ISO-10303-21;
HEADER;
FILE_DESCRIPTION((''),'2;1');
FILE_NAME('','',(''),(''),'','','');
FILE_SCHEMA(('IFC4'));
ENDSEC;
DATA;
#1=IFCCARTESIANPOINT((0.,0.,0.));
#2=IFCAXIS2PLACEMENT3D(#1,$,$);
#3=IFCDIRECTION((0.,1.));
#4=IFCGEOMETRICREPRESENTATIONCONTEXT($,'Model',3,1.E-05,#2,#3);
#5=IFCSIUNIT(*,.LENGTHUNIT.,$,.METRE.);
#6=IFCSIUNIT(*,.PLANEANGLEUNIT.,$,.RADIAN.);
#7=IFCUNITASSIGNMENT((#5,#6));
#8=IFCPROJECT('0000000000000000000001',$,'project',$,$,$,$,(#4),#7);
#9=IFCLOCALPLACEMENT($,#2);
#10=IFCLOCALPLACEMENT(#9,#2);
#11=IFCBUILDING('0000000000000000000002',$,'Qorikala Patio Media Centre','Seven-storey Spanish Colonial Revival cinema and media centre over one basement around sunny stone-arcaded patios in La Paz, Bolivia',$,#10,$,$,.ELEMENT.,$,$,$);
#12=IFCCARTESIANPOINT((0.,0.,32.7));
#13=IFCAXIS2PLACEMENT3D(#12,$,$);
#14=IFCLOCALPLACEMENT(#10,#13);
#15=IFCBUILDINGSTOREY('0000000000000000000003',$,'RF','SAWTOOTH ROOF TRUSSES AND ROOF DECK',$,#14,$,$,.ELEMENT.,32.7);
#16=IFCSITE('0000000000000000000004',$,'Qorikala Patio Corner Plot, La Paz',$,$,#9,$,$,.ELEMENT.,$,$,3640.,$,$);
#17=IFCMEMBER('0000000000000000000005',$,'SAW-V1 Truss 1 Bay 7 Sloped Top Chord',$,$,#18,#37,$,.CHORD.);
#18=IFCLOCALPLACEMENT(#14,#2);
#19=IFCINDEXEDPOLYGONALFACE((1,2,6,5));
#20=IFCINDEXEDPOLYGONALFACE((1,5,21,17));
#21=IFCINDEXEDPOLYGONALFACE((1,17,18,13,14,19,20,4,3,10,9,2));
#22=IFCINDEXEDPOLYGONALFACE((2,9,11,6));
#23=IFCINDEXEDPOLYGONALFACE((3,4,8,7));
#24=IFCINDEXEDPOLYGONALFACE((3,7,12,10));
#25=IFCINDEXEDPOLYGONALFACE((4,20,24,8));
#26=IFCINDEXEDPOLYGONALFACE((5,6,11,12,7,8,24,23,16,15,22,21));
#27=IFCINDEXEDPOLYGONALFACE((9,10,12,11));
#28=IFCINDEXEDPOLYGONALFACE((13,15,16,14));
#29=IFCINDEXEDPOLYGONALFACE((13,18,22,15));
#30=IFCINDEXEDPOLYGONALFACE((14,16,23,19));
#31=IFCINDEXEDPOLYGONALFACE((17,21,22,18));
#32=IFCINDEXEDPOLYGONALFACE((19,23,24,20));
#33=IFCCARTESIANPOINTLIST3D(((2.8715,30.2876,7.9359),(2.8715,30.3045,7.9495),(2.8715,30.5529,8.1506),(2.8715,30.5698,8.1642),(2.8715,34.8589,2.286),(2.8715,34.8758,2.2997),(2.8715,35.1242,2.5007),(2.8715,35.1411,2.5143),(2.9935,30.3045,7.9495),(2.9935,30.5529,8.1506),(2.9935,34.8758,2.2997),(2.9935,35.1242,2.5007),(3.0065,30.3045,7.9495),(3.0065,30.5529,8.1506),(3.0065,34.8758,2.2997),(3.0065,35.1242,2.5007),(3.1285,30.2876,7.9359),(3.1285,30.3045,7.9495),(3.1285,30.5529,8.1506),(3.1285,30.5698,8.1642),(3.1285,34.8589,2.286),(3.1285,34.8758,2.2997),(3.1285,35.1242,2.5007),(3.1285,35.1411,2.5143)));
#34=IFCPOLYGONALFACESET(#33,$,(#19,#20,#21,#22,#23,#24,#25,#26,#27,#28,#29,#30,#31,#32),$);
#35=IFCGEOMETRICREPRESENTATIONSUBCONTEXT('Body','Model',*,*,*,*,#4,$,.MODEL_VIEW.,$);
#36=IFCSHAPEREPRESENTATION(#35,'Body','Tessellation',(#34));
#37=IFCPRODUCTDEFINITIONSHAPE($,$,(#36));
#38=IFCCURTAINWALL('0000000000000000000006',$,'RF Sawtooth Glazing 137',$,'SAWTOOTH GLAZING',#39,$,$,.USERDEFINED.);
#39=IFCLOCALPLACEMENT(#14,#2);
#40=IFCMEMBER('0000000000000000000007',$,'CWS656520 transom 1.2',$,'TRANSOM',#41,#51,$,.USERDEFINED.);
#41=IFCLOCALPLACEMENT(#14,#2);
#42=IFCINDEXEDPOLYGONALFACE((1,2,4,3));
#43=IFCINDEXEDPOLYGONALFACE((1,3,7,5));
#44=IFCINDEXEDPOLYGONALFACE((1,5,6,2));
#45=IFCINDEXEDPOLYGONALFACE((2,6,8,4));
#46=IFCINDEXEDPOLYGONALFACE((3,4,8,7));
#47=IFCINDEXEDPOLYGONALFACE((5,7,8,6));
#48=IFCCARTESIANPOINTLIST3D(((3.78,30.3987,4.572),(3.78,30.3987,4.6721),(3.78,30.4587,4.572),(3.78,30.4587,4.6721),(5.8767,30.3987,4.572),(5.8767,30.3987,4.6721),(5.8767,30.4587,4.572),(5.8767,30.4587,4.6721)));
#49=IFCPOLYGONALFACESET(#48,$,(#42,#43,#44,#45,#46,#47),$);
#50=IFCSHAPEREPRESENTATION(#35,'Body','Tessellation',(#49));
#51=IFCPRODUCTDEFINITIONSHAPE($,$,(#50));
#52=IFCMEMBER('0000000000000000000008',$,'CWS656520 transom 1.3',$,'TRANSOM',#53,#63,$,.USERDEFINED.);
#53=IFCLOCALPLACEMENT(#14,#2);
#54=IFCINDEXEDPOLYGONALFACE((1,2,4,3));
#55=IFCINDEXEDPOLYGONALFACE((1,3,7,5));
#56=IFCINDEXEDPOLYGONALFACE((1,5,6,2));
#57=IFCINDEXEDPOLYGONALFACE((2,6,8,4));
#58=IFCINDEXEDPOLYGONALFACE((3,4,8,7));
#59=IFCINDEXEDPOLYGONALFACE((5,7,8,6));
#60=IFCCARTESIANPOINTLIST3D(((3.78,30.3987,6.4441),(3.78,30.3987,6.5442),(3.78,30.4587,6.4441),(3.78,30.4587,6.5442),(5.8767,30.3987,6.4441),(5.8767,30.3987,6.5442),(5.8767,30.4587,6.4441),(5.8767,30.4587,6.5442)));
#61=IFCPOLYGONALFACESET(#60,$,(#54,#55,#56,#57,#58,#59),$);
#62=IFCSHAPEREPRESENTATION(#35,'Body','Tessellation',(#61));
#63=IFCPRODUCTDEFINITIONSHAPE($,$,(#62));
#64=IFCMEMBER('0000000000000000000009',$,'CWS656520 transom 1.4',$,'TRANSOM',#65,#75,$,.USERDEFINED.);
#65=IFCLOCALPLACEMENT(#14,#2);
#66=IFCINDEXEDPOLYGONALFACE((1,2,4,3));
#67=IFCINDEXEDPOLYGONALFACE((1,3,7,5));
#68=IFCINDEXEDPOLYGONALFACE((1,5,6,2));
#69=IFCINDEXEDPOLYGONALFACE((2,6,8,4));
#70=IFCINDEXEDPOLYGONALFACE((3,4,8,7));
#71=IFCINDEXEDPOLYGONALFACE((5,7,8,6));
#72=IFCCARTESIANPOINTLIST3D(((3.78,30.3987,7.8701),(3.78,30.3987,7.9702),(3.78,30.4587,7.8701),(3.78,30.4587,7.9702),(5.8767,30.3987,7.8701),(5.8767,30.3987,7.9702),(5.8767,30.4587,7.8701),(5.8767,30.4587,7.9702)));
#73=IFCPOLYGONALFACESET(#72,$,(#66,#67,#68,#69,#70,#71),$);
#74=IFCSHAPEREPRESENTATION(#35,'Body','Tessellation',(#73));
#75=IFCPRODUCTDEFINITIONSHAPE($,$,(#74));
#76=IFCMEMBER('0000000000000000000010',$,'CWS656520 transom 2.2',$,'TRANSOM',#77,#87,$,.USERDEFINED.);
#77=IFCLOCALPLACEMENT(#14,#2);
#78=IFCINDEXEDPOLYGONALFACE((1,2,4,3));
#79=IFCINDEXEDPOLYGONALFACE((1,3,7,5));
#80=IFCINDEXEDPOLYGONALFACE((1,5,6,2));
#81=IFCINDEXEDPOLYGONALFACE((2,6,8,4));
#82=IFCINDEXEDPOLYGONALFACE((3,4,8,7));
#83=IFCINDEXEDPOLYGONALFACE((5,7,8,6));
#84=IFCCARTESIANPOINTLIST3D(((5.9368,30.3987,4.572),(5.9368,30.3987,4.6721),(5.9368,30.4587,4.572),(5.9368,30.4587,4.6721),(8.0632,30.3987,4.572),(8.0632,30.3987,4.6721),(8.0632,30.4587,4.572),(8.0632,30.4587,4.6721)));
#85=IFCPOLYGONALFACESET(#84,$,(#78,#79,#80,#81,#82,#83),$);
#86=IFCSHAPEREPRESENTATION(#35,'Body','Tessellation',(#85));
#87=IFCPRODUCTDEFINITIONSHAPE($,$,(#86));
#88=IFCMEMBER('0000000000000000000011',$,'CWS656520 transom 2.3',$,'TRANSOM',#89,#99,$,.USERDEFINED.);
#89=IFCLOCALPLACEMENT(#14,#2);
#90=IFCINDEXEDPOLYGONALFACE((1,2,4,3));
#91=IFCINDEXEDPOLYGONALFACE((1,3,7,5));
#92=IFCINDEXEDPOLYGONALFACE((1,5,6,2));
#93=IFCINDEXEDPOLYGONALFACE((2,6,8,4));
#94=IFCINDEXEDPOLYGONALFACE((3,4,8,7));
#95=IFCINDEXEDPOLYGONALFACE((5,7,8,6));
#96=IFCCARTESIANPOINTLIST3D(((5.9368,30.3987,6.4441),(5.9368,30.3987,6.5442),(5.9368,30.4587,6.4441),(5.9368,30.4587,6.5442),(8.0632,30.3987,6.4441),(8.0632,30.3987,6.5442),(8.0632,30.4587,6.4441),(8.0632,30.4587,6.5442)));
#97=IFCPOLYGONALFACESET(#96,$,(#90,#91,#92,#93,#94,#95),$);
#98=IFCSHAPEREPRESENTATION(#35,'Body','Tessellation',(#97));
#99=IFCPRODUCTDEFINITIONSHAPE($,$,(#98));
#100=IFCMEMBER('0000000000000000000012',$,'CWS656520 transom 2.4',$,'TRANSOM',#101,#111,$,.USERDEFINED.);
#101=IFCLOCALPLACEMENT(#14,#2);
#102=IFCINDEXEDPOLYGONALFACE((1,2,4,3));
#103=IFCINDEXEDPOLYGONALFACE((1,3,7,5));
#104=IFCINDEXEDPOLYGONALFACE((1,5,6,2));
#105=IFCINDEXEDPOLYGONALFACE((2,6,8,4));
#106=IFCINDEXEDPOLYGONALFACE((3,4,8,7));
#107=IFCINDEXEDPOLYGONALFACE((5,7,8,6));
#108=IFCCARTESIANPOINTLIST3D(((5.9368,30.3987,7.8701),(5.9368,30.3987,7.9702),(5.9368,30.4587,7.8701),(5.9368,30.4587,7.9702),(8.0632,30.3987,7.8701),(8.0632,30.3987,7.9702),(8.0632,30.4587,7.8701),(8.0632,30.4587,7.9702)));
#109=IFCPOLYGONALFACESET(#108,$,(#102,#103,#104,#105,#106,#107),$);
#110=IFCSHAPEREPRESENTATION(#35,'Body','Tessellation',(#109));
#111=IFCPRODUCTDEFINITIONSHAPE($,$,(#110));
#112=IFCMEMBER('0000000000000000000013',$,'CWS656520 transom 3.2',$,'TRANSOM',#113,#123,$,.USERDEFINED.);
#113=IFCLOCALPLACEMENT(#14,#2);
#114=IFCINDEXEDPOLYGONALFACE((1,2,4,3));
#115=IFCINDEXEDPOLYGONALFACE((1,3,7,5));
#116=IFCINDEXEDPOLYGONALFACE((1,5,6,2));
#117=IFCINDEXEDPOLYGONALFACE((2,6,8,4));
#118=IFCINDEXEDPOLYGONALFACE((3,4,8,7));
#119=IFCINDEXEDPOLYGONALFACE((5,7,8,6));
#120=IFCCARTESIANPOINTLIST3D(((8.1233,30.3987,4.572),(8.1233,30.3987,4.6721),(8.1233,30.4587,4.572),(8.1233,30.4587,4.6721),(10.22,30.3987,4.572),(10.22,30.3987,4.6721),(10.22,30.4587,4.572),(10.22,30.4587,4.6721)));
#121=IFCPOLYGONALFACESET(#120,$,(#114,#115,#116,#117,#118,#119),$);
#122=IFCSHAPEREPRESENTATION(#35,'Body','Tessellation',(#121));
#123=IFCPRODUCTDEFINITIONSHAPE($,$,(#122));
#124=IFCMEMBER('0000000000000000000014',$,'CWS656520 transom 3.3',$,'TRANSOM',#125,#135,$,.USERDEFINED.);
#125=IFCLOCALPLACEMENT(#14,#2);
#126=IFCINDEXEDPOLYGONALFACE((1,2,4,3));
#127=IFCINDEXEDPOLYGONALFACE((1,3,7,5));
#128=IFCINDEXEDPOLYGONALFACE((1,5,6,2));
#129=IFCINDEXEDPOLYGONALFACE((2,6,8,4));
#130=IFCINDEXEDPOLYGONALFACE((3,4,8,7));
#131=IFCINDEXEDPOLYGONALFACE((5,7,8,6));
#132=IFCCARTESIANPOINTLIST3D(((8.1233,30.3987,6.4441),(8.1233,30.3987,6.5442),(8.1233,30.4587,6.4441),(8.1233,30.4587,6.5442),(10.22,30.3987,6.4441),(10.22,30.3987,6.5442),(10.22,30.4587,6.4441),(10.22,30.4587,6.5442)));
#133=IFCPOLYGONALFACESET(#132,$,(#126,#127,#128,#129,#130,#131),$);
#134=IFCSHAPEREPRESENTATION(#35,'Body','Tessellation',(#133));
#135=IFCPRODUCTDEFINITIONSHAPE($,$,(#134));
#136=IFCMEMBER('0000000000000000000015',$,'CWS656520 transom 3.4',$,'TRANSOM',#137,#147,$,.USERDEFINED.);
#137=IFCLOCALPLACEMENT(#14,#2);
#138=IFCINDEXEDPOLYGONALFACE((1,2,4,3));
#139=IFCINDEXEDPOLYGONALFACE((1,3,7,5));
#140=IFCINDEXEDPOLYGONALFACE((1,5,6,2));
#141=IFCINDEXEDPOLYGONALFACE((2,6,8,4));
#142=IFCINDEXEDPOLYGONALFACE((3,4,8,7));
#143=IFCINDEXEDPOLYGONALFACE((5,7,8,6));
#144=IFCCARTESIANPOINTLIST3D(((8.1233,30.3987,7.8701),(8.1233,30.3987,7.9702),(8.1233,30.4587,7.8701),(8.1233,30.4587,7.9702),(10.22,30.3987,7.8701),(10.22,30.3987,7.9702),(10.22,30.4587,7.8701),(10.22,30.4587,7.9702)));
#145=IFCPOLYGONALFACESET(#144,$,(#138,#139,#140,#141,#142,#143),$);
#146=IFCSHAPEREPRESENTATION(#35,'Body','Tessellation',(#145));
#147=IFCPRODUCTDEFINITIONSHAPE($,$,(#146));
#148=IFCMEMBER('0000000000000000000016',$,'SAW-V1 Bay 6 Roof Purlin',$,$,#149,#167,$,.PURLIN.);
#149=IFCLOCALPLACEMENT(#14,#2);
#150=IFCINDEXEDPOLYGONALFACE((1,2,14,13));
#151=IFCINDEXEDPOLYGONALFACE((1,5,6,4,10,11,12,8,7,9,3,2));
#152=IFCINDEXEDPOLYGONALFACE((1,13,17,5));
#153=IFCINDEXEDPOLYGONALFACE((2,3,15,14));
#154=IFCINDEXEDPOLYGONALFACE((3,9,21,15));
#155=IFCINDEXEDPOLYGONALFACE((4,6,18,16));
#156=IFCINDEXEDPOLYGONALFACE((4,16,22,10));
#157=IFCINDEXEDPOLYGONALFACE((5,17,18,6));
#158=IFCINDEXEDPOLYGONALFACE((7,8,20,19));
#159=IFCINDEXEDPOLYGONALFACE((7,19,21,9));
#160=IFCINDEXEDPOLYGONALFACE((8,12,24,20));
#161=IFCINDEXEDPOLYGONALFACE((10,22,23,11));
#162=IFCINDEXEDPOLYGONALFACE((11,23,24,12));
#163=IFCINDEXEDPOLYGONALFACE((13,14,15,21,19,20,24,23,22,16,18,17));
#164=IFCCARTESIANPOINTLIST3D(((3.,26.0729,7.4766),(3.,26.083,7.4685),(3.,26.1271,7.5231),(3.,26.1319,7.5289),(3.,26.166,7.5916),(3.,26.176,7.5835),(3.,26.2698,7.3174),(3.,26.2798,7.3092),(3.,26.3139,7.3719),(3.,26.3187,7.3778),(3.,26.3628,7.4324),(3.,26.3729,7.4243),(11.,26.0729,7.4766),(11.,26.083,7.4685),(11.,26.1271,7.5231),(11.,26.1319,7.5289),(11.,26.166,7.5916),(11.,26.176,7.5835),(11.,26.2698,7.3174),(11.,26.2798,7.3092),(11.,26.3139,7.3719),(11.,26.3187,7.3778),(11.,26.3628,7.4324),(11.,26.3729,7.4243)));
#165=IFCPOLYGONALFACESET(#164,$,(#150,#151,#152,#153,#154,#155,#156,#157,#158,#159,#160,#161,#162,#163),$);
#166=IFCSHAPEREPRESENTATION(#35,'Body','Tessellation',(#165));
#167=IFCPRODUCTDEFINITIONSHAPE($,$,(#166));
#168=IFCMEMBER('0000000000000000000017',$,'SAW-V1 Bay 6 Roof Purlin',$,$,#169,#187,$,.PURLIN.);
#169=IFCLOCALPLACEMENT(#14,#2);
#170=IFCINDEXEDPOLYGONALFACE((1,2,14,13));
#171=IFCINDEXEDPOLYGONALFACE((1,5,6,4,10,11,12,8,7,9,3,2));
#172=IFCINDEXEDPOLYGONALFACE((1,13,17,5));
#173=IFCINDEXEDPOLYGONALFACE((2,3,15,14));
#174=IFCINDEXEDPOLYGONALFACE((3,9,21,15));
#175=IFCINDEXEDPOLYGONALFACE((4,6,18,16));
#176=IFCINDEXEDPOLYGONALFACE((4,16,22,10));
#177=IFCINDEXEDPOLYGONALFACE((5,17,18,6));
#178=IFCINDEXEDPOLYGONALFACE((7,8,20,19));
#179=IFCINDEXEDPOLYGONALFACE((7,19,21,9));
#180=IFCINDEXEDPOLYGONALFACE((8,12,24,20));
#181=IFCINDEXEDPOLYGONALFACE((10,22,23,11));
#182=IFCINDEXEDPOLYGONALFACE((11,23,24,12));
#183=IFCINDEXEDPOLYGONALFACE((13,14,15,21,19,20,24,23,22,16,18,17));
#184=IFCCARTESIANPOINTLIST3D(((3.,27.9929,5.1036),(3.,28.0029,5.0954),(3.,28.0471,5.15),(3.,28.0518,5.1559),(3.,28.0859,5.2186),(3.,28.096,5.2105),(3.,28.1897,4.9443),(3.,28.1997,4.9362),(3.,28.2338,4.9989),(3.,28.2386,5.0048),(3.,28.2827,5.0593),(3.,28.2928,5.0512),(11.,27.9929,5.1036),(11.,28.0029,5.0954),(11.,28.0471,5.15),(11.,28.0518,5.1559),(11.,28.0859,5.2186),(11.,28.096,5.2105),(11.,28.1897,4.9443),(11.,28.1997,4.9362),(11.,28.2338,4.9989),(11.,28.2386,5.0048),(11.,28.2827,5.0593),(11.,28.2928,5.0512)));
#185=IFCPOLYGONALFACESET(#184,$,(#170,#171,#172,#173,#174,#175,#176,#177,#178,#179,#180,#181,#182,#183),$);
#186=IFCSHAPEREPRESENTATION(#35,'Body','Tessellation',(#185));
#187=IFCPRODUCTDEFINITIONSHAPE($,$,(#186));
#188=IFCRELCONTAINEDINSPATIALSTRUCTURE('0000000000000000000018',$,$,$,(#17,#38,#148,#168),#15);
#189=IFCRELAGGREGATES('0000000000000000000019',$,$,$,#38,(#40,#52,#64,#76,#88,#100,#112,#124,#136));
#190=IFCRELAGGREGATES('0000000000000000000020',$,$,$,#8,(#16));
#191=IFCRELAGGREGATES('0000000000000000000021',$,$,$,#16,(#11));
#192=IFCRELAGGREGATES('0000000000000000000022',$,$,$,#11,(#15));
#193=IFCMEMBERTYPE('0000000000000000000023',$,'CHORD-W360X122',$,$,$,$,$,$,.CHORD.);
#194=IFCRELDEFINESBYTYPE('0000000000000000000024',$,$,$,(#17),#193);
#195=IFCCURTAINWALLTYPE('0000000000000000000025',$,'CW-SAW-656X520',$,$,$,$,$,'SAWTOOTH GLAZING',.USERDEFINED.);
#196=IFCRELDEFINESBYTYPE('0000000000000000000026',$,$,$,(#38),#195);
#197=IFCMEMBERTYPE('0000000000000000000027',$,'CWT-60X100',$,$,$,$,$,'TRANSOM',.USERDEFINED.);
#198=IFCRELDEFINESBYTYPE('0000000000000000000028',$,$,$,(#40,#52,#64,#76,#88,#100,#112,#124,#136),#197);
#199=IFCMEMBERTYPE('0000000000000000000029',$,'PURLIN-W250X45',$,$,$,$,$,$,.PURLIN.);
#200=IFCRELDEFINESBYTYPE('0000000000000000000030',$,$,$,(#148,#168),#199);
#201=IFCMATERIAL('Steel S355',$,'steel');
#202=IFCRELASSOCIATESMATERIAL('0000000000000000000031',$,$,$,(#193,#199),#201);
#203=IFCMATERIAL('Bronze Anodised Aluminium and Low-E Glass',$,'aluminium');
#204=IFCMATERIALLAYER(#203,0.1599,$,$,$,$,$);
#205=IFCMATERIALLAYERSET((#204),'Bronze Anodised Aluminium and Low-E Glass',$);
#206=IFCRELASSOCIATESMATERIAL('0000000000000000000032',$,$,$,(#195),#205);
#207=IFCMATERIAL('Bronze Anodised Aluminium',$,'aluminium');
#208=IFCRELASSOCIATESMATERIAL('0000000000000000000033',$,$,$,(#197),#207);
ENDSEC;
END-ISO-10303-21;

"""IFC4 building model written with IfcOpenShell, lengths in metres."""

from ifc_helpers import new_model, si_unit, direction, frame, origin, origin_2d, place, context, subcontext, project, spatial, rectangle, i_section, extrude, material, layer, layer_set, material_profile, profile_set, type_object, element, aggregate, save


model = new_model("IFC4")

# Units and contexts
model_context = context("Model", 3, precision=1e-05, world=origin(), true_north=direction((0.0, 1.0)))
body_context = subcontext(model_context, "Body", "Model", "MODEL_VIEW")
ifc_project = project(units=[si_unit("LENGTHUNIT", "METRE"), si_unit("PLANEANGLEUNIT", "RADIAN")], contexts=[model_context])

# Site, building, storey
site_placement = place(None, origin())
site = spatial("IfcSite", under=ifc_project, at=site_placement, Name="Qorikala Patio Corner Plot, La Paz", CompositionType="ELEMENT", RefElevation=3640.0)
building_placement = place(site_placement, origin())
building = spatial("IfcBuilding", under=site, at=building_placement, Name="Qorikala Patio Media Centre", Description="Seven-storey Spanish Colonial Revival cinema and media centre over one basement around sunny stone-arcaded patios in La Paz, Bolivia", CompositionType="ELEMENT")
storey_placement = place(building_placement, frame((0.0, 0.0, 32.7)))
storey = spatial("IfcBuildingStorey", under=building, at=storey_placement, Name="RF", Description="SAWTOOTH ROOF TRUSSES AND ROOF DECK", CompositionType="ELEMENT", Elevation=32.7)

# Member
ifc_material_1 = material(Name="Steel S355", Category="steel")
ifc_material_profile_1 = material_profile(ifc_material_1, i_section(OverallWidth=0.2571, OverallDepth=0.363, WebThickness=0.0129, FlangeThickness=0.0217, at=origin_2d()), Name="W360X122")
ifc_profile_set_1 = profile_set([ifc_material_profile_1], Name="Steel S355")
member_type_1 = type_object("IfcMemberType", Name="CHORD-W360X122", PredefinedType="CHORD", material=ifc_profile_set_1)
member_1_placement = place(storey_placement, frame((3.0, 30.4287, 8.05), z_axis=(0.0, 0.628995, -0.777409), x_axis=(-1.0, 0.0, 0.0)))
element("IfcMember", 1, at=member_1_placement, inside=storey, type_object=member_type_1, Name="SAW-V1 Truss 1 Bay 7 Sloped Top Chord", PredefinedType="CHORD", context=body_context, shape_type="SweptSolid", body=[
    extrude(i_section(OverallWidth=0.2571, OverallDepth=0.363, WebThickness=0.0129, FlangeThickness=0.0217, at=origin_2d()), origin(), (0.0, 0.0, 1.0), 7.2676),
])

# Curtain wall, members
ifc_material_2 = material(Name="Bronze Anodised Aluminium and Low-E Glass", Category="aluminium")
ifc_layer_1 = layer(ifc_material_2, 0.1599)
ifc_layer_set_1 = layer_set([ifc_layer_1], Name="Bronze Anodised Aluminium and Low-E Glass")
curtain_wall_type = type_object("IfcCurtainWallType", Name="CW-SAW-656X520", ElementType="SAWTOOTH GLAZING", PredefinedType="USERDEFINED", material=ifc_layer_set_1)
curtain_wall_placement = place(storey_placement, origin())
curtain_wall = element("IfcCurtainWall", 2, at=curtain_wall_placement, inside=storey, type_object=curtain_wall_type, Name="RF Sawtooth Glazing 137", ObjectType="SAWTOOTH GLAZING", PredefinedType="USERDEFINED")
ifc_material_3 = material(Name="Bronze Anodised Aluminium", Category="aluminium")
ifc_material_profile_2 = material_profile(ifc_material_3, rectangle(XDim=0.0601, YDim=0.1001, at=origin_2d()), Name="ALU TRANSOM 60x100")
ifc_profile_set_2 = profile_set([ifc_material_profile_2], Name="Bronze Anodised Aluminium")
member_type_2 = type_object("IfcMemberType", Name="CWT-60X100", ElementType="TRANSOM", PredefinedType="USERDEFINED", material=ifc_profile_set_2)
member_2_placement = place(storey_placement, frame((3.78, 30.4287, 4.6221), z_axis=(1.0, 0.0, 0.0), x_axis=(0.0, 1.0, 0.0)))
member_2 = element("IfcMember", 3, at=member_2_placement, type_object=member_type_2, Name="CWS656520 transom 1.2", ObjectType="TRANSOM", PredefinedType="USERDEFINED", context=body_context, shape_type="SweptSolid", body=[
    extrude(rectangle(XDim=0.0601, YDim=0.1001, at=origin_2d()), origin(), (0.0, 0.0, 1.0), 2.0967),
])
member_3_placement = place(storey_placement, frame((3.78, 30.4287, 6.4941), z_axis=(1.0, 0.0, 0.0), x_axis=(0.0, 1.0, 0.0)))
member_3 = element("IfcMember", 4, at=member_3_placement, type_object=member_type_2, Name="CWS656520 transom 1.3", ObjectType="TRANSOM", PredefinedType="USERDEFINED", context=body_context, shape_type="SweptSolid", body=[
    extrude(rectangle(XDim=0.0601, YDim=0.1001, at=origin_2d()), origin(), (0.0, 0.0, 1.0), 2.0967),
])
member_4_placement = place(storey_placement, frame((3.78, 30.4287, 7.9202), z_axis=(1.0, 0.0, 0.0), x_axis=(0.0, 1.0, 0.0)))
member_4 = element("IfcMember", 5, at=member_4_placement, type_object=member_type_2, Name="CWS656520 transom 1.4", ObjectType="TRANSOM", PredefinedType="USERDEFINED", context=body_context, shape_type="SweptSolid", body=[
    extrude(rectangle(XDim=0.0601, YDim=0.1001, at=origin_2d()), origin(), (0.0, 0.0, 1.0), 2.0967),
])
member_5_placement = place(storey_placement, frame((5.9368, 30.4287, 4.6221), z_axis=(1.0, 0.0, 0.0), x_axis=(0.0, 1.0, 0.0)))
member_5 = element("IfcMember", 6, at=member_5_placement, type_object=member_type_2, Name="CWS656520 transom 2.2", ObjectType="TRANSOM", PredefinedType="USERDEFINED", context=body_context, shape_type="SweptSolid", body=[
    extrude(rectangle(XDim=0.0601, YDim=0.1001, at=origin_2d()), origin(), (0.0, 0.0, 1.0), 2.1265),
])
member_6_placement = place(storey_placement, frame((5.9368, 30.4287, 6.4941), z_axis=(1.0, 0.0, 0.0), x_axis=(0.0, 1.0, 0.0)))
member_6 = element("IfcMember", 7, at=member_6_placement, type_object=member_type_2, Name="CWS656520 transom 2.3", ObjectType="TRANSOM", PredefinedType="USERDEFINED", context=body_context, shape_type="SweptSolid", body=[
    extrude(rectangle(XDim=0.0601, YDim=0.1001, at=origin_2d()), origin(), (0.0, 0.0, 1.0), 2.1265),
])
member_7_placement = place(storey_placement, frame((5.9368, 30.4287, 7.9202), z_axis=(1.0, 0.0, 0.0), x_axis=(0.0, 1.0, 0.0)))
member_7 = element("IfcMember", 8, at=member_7_placement, type_object=member_type_2, Name="CWS656520 transom 2.4", ObjectType="TRANSOM", PredefinedType="USERDEFINED", context=body_context, shape_type="SweptSolid", body=[
    extrude(rectangle(XDim=0.0601, YDim=0.1001, at=origin_2d()), origin(), (0.0, 0.0, 1.0), 2.1265),
])
member_8_placement = place(storey_placement, frame((8.1233, 30.4287, 4.6221), z_axis=(1.0, 0.0, 0.0), x_axis=(0.0, 1.0, 0.0)))
member_8 = element("IfcMember", 9, at=member_8_placement, type_object=member_type_2, Name="CWS656520 transom 3.2", ObjectType="TRANSOM", PredefinedType="USERDEFINED", context=body_context, shape_type="SweptSolid", body=[
    extrude(rectangle(XDim=0.0601, YDim=0.1001, at=origin_2d()), origin(), (0.0, 0.0, 1.0), 2.0967),
])
member_9_placement = place(storey_placement, frame((8.1233, 30.4287, 6.4941), z_axis=(1.0, 0.0, 0.0), x_axis=(0.0, 1.0, 0.0)))
member_9 = element("IfcMember", 10, at=member_9_placement, type_object=member_type_2, Name="CWS656520 transom 3.3", ObjectType="TRANSOM", PredefinedType="USERDEFINED", context=body_context, shape_type="SweptSolid", body=[
    extrude(rectangle(XDim=0.0601, YDim=0.1001, at=origin_2d()), origin(), (0.0, 0.0, 1.0), 2.0967),
])
member_10_placement = place(storey_placement, frame((8.1233, 30.4287, 7.9202), z_axis=(1.0, 0.0, 0.0), x_axis=(0.0, 1.0, 0.0)))
member_10 = element("IfcMember", 11, at=member_10_placement, type_object=member_type_2, Name="CWS656520 transom 3.4", ObjectType="TRANSOM", PredefinedType="USERDEFINED", context=body_context, shape_type="SweptSolid", body=[
    extrude(rectangle(XDim=0.0601, YDim=0.1001, at=origin_2d()), origin(), (0.0, 0.0, 1.0), 2.0967),
])

# Members
ifc_material_profile_3 = material_profile(ifc_material_1, i_section(OverallWidth=0.1479, OverallDepth=0.2661, WebThickness=0.0076, FlangeThickness=0.0129, at=origin_2d()), Name="W250X45")
ifc_profile_set_3 = profile_set([ifc_material_profile_3], Name="Steel S355")
member_type_3 = type_object("IfcMemberType", Name="PURLIN-W250X45", PredefinedType="PURLIN", material=ifc_profile_set_3)
for number, where, z_axis, x_axis, name in (
    (12, (3.0, 26.2229, 7.4504), (1.0, 0.0, 0.0), (0.0, 0.628995, 0.77741), "SAW-V1 Bay 6 Roof Purlin"),
    (13, (3.0, 28.1428, 5.0774), (1.0, 0.0, 0.0), (0.0, 0.628995, 0.77741), "SAW-V1 Bay 6 Roof Purlin"),
):
    element("IfcMember", number, at=place(storey_placement, frame(where, z_axis=z_axis, x_axis=x_axis)), inside=storey, type_object=member_type_3, Name=name, PredefinedType="PURLIN", context=body_context, shape_type="SweptSolid", body=[
        extrude(i_section(OverallWidth=0.1479, OverallDepth=0.2661, WebThickness=0.0076, FlangeThickness=0.0129, at=origin_2d()), origin(), (0.0, 0.0, 1.0), 8.0),
    ])

aggregate(curtain_wall, [member_2, member_3, member_4, member_5, member_6, member_7, member_8, member_9, member_10])

save(model, "model.ifc")
